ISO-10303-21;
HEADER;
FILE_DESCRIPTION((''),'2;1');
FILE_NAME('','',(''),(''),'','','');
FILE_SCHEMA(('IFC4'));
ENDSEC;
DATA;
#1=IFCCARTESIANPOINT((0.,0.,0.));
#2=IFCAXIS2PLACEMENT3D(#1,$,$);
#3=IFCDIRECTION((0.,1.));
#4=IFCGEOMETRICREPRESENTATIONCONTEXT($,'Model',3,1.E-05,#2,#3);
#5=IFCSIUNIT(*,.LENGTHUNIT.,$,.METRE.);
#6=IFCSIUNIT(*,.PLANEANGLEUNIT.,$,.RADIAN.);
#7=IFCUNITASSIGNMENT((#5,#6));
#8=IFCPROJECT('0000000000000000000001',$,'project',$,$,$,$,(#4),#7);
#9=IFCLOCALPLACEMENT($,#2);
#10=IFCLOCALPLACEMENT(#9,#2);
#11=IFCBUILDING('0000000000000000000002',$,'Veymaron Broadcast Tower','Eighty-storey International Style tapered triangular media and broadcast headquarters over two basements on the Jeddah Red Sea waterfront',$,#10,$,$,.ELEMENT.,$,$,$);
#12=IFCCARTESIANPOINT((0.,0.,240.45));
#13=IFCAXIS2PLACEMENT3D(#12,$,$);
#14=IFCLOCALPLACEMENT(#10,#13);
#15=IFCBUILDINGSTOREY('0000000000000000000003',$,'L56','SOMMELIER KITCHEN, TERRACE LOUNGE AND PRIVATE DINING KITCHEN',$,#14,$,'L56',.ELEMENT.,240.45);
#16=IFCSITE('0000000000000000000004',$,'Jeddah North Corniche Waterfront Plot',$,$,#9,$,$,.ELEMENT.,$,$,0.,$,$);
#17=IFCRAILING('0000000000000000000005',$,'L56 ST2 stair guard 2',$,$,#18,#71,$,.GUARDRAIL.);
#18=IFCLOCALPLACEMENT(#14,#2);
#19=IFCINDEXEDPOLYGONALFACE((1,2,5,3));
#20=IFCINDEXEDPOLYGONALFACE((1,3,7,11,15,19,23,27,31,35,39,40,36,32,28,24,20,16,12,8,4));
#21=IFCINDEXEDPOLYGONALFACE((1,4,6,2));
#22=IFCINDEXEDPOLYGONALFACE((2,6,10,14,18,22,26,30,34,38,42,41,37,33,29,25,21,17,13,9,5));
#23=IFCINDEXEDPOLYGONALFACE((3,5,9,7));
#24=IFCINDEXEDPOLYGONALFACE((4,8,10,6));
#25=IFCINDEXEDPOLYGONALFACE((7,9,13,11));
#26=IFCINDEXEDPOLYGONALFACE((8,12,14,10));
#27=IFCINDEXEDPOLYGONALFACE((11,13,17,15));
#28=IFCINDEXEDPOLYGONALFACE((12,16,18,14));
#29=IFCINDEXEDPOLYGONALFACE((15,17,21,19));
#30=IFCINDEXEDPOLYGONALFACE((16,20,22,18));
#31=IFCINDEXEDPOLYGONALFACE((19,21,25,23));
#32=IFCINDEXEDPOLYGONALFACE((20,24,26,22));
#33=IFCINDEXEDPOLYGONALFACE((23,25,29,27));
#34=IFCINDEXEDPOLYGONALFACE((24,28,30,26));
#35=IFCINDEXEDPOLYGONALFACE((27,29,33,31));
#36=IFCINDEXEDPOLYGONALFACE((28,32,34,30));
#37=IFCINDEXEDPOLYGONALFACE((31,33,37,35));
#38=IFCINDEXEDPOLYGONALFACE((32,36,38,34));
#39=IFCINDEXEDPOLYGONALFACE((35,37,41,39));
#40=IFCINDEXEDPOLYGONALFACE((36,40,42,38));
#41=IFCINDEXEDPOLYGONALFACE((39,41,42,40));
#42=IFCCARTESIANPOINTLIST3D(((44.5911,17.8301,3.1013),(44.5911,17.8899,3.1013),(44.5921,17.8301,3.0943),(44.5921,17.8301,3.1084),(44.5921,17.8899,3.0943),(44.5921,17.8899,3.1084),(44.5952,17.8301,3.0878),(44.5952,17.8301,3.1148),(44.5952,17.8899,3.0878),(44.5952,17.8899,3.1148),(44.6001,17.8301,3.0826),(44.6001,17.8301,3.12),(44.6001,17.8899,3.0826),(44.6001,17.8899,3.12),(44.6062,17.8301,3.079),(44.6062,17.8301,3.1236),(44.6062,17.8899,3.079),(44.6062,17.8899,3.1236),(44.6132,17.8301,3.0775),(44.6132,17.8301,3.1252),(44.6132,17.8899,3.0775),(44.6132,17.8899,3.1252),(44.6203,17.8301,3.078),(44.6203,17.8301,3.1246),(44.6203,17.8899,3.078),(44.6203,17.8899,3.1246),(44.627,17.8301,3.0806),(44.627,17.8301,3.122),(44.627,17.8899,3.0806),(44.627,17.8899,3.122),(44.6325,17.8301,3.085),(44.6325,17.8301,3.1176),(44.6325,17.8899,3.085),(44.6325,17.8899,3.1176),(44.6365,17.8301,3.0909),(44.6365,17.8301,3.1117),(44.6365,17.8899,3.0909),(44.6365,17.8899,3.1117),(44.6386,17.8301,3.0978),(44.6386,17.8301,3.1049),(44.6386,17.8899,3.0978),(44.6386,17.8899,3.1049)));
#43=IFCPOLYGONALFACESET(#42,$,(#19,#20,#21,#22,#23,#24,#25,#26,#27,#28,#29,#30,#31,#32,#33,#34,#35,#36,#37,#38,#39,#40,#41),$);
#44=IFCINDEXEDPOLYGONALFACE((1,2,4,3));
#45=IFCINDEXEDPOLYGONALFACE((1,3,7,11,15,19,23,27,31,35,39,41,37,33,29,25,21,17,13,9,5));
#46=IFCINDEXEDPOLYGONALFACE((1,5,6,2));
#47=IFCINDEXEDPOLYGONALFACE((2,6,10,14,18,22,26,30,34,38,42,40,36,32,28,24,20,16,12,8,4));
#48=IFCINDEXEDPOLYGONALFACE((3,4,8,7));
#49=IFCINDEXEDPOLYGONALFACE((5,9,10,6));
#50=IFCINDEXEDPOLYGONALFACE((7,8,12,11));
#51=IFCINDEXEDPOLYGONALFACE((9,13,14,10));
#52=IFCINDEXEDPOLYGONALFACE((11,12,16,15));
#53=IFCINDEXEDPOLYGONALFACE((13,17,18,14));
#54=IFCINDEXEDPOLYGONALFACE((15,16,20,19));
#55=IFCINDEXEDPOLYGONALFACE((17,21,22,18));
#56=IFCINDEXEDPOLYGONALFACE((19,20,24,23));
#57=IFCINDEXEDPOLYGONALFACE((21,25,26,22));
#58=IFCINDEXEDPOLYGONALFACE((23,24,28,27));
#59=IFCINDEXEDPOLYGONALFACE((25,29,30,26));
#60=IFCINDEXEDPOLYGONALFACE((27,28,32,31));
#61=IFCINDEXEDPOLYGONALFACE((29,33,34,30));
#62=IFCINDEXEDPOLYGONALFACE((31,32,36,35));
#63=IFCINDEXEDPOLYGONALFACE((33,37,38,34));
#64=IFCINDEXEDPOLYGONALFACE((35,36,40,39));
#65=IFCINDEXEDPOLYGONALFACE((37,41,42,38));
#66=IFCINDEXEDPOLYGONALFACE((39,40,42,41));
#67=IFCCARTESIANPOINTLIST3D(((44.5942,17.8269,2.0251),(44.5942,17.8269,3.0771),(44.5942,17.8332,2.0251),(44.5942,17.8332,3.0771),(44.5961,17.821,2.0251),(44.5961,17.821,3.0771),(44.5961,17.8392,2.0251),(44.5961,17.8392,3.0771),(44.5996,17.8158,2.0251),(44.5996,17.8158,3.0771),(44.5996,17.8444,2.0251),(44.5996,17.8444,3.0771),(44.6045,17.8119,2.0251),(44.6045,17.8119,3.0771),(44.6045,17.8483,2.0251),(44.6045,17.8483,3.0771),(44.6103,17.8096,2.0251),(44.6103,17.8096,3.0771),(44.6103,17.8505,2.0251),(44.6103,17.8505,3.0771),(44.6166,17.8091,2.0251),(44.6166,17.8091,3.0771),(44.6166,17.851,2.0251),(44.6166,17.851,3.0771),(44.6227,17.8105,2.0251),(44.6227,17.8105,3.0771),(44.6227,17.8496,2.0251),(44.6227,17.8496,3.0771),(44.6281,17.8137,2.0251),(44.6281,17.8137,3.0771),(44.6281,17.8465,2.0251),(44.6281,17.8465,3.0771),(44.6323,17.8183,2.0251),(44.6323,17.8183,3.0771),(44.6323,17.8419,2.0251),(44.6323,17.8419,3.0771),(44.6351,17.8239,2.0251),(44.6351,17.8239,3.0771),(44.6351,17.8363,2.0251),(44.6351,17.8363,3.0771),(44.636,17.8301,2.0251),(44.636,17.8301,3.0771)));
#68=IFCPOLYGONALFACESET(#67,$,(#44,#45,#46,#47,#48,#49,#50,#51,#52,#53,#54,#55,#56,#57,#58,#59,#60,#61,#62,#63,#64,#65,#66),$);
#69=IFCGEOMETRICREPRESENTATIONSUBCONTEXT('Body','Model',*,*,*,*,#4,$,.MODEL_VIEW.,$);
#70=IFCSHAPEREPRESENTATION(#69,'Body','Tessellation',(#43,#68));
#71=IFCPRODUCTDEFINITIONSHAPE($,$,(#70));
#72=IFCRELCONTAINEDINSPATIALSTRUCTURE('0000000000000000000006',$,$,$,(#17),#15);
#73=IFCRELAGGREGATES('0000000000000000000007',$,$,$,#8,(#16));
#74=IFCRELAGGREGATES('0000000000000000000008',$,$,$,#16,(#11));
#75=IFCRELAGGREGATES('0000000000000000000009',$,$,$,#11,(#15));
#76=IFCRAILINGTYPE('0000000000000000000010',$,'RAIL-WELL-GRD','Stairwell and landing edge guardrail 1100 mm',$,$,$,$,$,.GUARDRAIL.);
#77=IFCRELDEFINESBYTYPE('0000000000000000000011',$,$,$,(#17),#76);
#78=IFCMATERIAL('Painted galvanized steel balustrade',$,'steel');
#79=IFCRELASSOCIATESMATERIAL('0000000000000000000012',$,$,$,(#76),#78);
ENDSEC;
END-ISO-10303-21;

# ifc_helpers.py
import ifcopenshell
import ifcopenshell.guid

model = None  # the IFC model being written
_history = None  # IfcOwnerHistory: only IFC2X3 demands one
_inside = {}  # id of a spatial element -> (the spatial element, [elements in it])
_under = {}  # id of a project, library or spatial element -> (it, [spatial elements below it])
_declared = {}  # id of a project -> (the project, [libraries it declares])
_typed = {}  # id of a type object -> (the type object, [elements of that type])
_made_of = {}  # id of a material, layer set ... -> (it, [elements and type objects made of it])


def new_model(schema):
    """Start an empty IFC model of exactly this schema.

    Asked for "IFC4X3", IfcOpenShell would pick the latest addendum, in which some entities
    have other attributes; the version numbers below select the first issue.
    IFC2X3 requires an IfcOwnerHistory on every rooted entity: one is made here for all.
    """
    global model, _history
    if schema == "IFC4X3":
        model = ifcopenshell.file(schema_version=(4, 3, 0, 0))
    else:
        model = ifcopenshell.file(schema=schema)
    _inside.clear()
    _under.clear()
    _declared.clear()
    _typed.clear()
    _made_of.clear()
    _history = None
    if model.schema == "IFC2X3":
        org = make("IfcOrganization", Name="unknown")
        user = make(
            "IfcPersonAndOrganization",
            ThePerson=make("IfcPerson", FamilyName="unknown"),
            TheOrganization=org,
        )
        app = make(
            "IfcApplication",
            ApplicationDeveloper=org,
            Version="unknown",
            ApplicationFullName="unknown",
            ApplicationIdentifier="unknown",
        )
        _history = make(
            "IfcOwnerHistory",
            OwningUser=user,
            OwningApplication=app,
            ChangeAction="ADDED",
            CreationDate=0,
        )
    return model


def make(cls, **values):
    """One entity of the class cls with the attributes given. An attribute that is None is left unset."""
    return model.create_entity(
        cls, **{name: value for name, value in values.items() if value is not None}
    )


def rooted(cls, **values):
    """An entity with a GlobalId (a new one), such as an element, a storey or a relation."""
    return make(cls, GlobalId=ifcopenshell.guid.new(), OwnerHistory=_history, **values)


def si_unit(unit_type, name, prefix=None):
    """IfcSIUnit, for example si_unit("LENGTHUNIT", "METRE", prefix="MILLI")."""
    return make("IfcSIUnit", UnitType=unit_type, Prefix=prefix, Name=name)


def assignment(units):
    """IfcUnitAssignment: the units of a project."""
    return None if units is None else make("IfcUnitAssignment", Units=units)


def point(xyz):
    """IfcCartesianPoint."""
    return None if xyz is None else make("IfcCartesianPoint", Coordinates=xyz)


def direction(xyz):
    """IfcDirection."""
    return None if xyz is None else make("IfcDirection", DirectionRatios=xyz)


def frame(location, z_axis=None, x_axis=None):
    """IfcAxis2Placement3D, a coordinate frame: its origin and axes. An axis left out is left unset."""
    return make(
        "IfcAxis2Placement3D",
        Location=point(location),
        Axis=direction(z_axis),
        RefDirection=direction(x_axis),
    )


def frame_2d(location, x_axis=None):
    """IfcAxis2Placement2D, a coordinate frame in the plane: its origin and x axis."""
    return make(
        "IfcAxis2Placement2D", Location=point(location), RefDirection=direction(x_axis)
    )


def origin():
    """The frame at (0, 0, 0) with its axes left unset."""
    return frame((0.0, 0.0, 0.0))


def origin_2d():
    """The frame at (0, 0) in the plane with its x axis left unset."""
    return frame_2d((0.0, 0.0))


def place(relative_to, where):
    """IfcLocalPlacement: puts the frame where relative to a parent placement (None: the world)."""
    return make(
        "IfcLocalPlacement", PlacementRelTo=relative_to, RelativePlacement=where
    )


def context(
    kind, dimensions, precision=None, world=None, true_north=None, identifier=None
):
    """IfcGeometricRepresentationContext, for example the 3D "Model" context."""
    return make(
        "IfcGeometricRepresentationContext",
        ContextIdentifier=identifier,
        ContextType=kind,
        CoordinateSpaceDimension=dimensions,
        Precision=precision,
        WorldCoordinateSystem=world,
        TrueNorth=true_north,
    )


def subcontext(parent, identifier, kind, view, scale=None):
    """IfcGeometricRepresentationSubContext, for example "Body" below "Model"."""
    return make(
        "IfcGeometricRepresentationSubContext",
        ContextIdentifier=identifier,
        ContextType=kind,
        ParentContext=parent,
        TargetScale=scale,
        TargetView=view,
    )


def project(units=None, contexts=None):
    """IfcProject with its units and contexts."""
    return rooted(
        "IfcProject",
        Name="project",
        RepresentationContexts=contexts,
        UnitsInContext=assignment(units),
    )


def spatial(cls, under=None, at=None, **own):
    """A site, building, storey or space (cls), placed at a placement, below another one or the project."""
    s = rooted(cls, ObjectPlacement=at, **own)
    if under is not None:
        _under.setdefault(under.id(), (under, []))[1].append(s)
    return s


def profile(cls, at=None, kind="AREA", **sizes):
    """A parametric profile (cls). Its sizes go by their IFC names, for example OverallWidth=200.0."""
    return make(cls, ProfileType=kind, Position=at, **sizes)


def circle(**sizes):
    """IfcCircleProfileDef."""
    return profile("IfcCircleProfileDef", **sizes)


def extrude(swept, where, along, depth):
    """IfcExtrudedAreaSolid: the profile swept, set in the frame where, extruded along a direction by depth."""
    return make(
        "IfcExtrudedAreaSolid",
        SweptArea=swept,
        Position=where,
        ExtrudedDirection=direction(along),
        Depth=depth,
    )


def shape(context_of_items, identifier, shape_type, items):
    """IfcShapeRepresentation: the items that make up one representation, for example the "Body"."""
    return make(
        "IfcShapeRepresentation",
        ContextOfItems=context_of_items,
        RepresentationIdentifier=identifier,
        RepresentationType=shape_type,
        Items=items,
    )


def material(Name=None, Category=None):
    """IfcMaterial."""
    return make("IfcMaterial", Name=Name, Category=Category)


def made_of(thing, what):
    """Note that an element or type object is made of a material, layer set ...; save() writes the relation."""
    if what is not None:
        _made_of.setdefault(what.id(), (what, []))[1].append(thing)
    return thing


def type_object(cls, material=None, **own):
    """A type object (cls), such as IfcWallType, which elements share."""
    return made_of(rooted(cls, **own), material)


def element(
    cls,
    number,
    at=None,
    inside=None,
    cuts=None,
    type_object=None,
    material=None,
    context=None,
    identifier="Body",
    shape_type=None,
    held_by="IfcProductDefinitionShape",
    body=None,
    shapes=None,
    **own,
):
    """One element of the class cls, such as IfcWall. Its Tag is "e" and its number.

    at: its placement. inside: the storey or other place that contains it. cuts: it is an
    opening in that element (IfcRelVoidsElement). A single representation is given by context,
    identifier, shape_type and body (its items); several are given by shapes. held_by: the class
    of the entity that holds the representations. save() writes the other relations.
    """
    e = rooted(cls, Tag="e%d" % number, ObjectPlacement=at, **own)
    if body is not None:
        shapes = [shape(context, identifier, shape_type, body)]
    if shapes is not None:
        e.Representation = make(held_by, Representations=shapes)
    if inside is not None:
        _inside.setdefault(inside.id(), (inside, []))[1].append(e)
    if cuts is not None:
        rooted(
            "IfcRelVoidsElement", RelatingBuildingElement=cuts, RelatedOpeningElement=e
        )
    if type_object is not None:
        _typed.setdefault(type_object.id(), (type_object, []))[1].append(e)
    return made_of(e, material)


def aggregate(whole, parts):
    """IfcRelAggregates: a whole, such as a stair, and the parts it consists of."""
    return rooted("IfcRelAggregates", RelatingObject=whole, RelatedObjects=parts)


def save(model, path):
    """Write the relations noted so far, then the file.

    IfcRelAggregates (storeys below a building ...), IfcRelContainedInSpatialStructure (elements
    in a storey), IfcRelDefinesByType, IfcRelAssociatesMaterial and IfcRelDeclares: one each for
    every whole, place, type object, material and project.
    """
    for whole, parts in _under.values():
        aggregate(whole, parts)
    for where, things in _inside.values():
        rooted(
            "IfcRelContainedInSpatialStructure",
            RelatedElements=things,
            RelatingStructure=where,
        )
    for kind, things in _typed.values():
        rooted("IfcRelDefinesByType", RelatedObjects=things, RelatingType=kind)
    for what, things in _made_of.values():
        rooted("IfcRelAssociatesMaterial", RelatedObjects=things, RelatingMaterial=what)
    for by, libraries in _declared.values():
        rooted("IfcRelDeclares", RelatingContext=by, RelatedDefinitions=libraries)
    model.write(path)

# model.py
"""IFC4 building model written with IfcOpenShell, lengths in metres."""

from ifc_helpers import new_model, si_unit, direction, frame, origin, origin_2d, place, context, subcontext, project, spatial, circle, extrude, material, type_object, element, save


model = new_model("IFC4")

# Units and contexts
model_context = context("Model", 3, precision=1e-05, world=origin(), true_north=direction((0.0, 1.0)))
body_context = subcontext(model_context, "Body", "Model", "MODEL_VIEW")
ifc_project = project(units=[si_unit("LENGTHUNIT", "METRE"), si_unit("PLANEANGLEUNIT", "RADIAN")], contexts=[model_context])

# Site, building, storey
site_placement = place(None, origin())
site = spatial("IfcSite", under=ifc_project, at=site_placement, Name="Jeddah North Corniche Waterfront Plot", CompositionType="ELEMENT", RefElevation=0.0)
building_placement = place(site_placement, origin())
building = spatial("IfcBuilding", under=site, at=building_placement, Name="Veymaron Broadcast Tower", Description="Eighty-storey International Style tapered triangular media and broadcast headquarters over two basements on the Jeddah Red Sea waterfront", CompositionType="ELEMENT")
storey_placement = place(building_placement, frame((0.0, 0.0, 240.45)))
storey = spatial("IfcBuildingStorey", under=building, at=storey_placement, Name="L56", Description="SOMMELIER KITCHEN, TERRACE LOUNGE AND PRIVATE DINING KITCHEN", LongName="L56", CompositionType="ELEMENT", Elevation=240.45)

# Railing
ifc_material_1 = material(Name="Painted galvanized steel balustrade", Category="steel")
railing_type_1 = type_object("IfcRailingType", Name="RAIL-WELL-GRD", Description="Stairwell and landing edge guardrail 1100 mm", PredefinedType="GUARDRAIL", material=ifc_material_1)
railing_1_placement = place(storey_placement, frame((44.615, 17.8301, 2.0251)))
element("IfcRailing", 1, at=railing_1_placement, inside=storey, type_object=railing_type_1, Name="L56 ST2 stair guard 2", PredefinedType="GUARDRAIL", context=body_context, shape_type="SweptSolid", body=[
    extrude(circle(Radius=0.0239, at=origin_2d()), frame((0.0, 0.0, 1.0762), z_axis=(0.0, 1.0, 0.0), x_axis=(-1.0, 0.0, 0.0)), (0.0, 0.0, 1.0), 0.0598),
    extrude(circle(Radius=0.021, at=origin_2d()), origin(), (0.0, 0.0, 1.0), 1.052),
])

save(model, "model.ifc")
